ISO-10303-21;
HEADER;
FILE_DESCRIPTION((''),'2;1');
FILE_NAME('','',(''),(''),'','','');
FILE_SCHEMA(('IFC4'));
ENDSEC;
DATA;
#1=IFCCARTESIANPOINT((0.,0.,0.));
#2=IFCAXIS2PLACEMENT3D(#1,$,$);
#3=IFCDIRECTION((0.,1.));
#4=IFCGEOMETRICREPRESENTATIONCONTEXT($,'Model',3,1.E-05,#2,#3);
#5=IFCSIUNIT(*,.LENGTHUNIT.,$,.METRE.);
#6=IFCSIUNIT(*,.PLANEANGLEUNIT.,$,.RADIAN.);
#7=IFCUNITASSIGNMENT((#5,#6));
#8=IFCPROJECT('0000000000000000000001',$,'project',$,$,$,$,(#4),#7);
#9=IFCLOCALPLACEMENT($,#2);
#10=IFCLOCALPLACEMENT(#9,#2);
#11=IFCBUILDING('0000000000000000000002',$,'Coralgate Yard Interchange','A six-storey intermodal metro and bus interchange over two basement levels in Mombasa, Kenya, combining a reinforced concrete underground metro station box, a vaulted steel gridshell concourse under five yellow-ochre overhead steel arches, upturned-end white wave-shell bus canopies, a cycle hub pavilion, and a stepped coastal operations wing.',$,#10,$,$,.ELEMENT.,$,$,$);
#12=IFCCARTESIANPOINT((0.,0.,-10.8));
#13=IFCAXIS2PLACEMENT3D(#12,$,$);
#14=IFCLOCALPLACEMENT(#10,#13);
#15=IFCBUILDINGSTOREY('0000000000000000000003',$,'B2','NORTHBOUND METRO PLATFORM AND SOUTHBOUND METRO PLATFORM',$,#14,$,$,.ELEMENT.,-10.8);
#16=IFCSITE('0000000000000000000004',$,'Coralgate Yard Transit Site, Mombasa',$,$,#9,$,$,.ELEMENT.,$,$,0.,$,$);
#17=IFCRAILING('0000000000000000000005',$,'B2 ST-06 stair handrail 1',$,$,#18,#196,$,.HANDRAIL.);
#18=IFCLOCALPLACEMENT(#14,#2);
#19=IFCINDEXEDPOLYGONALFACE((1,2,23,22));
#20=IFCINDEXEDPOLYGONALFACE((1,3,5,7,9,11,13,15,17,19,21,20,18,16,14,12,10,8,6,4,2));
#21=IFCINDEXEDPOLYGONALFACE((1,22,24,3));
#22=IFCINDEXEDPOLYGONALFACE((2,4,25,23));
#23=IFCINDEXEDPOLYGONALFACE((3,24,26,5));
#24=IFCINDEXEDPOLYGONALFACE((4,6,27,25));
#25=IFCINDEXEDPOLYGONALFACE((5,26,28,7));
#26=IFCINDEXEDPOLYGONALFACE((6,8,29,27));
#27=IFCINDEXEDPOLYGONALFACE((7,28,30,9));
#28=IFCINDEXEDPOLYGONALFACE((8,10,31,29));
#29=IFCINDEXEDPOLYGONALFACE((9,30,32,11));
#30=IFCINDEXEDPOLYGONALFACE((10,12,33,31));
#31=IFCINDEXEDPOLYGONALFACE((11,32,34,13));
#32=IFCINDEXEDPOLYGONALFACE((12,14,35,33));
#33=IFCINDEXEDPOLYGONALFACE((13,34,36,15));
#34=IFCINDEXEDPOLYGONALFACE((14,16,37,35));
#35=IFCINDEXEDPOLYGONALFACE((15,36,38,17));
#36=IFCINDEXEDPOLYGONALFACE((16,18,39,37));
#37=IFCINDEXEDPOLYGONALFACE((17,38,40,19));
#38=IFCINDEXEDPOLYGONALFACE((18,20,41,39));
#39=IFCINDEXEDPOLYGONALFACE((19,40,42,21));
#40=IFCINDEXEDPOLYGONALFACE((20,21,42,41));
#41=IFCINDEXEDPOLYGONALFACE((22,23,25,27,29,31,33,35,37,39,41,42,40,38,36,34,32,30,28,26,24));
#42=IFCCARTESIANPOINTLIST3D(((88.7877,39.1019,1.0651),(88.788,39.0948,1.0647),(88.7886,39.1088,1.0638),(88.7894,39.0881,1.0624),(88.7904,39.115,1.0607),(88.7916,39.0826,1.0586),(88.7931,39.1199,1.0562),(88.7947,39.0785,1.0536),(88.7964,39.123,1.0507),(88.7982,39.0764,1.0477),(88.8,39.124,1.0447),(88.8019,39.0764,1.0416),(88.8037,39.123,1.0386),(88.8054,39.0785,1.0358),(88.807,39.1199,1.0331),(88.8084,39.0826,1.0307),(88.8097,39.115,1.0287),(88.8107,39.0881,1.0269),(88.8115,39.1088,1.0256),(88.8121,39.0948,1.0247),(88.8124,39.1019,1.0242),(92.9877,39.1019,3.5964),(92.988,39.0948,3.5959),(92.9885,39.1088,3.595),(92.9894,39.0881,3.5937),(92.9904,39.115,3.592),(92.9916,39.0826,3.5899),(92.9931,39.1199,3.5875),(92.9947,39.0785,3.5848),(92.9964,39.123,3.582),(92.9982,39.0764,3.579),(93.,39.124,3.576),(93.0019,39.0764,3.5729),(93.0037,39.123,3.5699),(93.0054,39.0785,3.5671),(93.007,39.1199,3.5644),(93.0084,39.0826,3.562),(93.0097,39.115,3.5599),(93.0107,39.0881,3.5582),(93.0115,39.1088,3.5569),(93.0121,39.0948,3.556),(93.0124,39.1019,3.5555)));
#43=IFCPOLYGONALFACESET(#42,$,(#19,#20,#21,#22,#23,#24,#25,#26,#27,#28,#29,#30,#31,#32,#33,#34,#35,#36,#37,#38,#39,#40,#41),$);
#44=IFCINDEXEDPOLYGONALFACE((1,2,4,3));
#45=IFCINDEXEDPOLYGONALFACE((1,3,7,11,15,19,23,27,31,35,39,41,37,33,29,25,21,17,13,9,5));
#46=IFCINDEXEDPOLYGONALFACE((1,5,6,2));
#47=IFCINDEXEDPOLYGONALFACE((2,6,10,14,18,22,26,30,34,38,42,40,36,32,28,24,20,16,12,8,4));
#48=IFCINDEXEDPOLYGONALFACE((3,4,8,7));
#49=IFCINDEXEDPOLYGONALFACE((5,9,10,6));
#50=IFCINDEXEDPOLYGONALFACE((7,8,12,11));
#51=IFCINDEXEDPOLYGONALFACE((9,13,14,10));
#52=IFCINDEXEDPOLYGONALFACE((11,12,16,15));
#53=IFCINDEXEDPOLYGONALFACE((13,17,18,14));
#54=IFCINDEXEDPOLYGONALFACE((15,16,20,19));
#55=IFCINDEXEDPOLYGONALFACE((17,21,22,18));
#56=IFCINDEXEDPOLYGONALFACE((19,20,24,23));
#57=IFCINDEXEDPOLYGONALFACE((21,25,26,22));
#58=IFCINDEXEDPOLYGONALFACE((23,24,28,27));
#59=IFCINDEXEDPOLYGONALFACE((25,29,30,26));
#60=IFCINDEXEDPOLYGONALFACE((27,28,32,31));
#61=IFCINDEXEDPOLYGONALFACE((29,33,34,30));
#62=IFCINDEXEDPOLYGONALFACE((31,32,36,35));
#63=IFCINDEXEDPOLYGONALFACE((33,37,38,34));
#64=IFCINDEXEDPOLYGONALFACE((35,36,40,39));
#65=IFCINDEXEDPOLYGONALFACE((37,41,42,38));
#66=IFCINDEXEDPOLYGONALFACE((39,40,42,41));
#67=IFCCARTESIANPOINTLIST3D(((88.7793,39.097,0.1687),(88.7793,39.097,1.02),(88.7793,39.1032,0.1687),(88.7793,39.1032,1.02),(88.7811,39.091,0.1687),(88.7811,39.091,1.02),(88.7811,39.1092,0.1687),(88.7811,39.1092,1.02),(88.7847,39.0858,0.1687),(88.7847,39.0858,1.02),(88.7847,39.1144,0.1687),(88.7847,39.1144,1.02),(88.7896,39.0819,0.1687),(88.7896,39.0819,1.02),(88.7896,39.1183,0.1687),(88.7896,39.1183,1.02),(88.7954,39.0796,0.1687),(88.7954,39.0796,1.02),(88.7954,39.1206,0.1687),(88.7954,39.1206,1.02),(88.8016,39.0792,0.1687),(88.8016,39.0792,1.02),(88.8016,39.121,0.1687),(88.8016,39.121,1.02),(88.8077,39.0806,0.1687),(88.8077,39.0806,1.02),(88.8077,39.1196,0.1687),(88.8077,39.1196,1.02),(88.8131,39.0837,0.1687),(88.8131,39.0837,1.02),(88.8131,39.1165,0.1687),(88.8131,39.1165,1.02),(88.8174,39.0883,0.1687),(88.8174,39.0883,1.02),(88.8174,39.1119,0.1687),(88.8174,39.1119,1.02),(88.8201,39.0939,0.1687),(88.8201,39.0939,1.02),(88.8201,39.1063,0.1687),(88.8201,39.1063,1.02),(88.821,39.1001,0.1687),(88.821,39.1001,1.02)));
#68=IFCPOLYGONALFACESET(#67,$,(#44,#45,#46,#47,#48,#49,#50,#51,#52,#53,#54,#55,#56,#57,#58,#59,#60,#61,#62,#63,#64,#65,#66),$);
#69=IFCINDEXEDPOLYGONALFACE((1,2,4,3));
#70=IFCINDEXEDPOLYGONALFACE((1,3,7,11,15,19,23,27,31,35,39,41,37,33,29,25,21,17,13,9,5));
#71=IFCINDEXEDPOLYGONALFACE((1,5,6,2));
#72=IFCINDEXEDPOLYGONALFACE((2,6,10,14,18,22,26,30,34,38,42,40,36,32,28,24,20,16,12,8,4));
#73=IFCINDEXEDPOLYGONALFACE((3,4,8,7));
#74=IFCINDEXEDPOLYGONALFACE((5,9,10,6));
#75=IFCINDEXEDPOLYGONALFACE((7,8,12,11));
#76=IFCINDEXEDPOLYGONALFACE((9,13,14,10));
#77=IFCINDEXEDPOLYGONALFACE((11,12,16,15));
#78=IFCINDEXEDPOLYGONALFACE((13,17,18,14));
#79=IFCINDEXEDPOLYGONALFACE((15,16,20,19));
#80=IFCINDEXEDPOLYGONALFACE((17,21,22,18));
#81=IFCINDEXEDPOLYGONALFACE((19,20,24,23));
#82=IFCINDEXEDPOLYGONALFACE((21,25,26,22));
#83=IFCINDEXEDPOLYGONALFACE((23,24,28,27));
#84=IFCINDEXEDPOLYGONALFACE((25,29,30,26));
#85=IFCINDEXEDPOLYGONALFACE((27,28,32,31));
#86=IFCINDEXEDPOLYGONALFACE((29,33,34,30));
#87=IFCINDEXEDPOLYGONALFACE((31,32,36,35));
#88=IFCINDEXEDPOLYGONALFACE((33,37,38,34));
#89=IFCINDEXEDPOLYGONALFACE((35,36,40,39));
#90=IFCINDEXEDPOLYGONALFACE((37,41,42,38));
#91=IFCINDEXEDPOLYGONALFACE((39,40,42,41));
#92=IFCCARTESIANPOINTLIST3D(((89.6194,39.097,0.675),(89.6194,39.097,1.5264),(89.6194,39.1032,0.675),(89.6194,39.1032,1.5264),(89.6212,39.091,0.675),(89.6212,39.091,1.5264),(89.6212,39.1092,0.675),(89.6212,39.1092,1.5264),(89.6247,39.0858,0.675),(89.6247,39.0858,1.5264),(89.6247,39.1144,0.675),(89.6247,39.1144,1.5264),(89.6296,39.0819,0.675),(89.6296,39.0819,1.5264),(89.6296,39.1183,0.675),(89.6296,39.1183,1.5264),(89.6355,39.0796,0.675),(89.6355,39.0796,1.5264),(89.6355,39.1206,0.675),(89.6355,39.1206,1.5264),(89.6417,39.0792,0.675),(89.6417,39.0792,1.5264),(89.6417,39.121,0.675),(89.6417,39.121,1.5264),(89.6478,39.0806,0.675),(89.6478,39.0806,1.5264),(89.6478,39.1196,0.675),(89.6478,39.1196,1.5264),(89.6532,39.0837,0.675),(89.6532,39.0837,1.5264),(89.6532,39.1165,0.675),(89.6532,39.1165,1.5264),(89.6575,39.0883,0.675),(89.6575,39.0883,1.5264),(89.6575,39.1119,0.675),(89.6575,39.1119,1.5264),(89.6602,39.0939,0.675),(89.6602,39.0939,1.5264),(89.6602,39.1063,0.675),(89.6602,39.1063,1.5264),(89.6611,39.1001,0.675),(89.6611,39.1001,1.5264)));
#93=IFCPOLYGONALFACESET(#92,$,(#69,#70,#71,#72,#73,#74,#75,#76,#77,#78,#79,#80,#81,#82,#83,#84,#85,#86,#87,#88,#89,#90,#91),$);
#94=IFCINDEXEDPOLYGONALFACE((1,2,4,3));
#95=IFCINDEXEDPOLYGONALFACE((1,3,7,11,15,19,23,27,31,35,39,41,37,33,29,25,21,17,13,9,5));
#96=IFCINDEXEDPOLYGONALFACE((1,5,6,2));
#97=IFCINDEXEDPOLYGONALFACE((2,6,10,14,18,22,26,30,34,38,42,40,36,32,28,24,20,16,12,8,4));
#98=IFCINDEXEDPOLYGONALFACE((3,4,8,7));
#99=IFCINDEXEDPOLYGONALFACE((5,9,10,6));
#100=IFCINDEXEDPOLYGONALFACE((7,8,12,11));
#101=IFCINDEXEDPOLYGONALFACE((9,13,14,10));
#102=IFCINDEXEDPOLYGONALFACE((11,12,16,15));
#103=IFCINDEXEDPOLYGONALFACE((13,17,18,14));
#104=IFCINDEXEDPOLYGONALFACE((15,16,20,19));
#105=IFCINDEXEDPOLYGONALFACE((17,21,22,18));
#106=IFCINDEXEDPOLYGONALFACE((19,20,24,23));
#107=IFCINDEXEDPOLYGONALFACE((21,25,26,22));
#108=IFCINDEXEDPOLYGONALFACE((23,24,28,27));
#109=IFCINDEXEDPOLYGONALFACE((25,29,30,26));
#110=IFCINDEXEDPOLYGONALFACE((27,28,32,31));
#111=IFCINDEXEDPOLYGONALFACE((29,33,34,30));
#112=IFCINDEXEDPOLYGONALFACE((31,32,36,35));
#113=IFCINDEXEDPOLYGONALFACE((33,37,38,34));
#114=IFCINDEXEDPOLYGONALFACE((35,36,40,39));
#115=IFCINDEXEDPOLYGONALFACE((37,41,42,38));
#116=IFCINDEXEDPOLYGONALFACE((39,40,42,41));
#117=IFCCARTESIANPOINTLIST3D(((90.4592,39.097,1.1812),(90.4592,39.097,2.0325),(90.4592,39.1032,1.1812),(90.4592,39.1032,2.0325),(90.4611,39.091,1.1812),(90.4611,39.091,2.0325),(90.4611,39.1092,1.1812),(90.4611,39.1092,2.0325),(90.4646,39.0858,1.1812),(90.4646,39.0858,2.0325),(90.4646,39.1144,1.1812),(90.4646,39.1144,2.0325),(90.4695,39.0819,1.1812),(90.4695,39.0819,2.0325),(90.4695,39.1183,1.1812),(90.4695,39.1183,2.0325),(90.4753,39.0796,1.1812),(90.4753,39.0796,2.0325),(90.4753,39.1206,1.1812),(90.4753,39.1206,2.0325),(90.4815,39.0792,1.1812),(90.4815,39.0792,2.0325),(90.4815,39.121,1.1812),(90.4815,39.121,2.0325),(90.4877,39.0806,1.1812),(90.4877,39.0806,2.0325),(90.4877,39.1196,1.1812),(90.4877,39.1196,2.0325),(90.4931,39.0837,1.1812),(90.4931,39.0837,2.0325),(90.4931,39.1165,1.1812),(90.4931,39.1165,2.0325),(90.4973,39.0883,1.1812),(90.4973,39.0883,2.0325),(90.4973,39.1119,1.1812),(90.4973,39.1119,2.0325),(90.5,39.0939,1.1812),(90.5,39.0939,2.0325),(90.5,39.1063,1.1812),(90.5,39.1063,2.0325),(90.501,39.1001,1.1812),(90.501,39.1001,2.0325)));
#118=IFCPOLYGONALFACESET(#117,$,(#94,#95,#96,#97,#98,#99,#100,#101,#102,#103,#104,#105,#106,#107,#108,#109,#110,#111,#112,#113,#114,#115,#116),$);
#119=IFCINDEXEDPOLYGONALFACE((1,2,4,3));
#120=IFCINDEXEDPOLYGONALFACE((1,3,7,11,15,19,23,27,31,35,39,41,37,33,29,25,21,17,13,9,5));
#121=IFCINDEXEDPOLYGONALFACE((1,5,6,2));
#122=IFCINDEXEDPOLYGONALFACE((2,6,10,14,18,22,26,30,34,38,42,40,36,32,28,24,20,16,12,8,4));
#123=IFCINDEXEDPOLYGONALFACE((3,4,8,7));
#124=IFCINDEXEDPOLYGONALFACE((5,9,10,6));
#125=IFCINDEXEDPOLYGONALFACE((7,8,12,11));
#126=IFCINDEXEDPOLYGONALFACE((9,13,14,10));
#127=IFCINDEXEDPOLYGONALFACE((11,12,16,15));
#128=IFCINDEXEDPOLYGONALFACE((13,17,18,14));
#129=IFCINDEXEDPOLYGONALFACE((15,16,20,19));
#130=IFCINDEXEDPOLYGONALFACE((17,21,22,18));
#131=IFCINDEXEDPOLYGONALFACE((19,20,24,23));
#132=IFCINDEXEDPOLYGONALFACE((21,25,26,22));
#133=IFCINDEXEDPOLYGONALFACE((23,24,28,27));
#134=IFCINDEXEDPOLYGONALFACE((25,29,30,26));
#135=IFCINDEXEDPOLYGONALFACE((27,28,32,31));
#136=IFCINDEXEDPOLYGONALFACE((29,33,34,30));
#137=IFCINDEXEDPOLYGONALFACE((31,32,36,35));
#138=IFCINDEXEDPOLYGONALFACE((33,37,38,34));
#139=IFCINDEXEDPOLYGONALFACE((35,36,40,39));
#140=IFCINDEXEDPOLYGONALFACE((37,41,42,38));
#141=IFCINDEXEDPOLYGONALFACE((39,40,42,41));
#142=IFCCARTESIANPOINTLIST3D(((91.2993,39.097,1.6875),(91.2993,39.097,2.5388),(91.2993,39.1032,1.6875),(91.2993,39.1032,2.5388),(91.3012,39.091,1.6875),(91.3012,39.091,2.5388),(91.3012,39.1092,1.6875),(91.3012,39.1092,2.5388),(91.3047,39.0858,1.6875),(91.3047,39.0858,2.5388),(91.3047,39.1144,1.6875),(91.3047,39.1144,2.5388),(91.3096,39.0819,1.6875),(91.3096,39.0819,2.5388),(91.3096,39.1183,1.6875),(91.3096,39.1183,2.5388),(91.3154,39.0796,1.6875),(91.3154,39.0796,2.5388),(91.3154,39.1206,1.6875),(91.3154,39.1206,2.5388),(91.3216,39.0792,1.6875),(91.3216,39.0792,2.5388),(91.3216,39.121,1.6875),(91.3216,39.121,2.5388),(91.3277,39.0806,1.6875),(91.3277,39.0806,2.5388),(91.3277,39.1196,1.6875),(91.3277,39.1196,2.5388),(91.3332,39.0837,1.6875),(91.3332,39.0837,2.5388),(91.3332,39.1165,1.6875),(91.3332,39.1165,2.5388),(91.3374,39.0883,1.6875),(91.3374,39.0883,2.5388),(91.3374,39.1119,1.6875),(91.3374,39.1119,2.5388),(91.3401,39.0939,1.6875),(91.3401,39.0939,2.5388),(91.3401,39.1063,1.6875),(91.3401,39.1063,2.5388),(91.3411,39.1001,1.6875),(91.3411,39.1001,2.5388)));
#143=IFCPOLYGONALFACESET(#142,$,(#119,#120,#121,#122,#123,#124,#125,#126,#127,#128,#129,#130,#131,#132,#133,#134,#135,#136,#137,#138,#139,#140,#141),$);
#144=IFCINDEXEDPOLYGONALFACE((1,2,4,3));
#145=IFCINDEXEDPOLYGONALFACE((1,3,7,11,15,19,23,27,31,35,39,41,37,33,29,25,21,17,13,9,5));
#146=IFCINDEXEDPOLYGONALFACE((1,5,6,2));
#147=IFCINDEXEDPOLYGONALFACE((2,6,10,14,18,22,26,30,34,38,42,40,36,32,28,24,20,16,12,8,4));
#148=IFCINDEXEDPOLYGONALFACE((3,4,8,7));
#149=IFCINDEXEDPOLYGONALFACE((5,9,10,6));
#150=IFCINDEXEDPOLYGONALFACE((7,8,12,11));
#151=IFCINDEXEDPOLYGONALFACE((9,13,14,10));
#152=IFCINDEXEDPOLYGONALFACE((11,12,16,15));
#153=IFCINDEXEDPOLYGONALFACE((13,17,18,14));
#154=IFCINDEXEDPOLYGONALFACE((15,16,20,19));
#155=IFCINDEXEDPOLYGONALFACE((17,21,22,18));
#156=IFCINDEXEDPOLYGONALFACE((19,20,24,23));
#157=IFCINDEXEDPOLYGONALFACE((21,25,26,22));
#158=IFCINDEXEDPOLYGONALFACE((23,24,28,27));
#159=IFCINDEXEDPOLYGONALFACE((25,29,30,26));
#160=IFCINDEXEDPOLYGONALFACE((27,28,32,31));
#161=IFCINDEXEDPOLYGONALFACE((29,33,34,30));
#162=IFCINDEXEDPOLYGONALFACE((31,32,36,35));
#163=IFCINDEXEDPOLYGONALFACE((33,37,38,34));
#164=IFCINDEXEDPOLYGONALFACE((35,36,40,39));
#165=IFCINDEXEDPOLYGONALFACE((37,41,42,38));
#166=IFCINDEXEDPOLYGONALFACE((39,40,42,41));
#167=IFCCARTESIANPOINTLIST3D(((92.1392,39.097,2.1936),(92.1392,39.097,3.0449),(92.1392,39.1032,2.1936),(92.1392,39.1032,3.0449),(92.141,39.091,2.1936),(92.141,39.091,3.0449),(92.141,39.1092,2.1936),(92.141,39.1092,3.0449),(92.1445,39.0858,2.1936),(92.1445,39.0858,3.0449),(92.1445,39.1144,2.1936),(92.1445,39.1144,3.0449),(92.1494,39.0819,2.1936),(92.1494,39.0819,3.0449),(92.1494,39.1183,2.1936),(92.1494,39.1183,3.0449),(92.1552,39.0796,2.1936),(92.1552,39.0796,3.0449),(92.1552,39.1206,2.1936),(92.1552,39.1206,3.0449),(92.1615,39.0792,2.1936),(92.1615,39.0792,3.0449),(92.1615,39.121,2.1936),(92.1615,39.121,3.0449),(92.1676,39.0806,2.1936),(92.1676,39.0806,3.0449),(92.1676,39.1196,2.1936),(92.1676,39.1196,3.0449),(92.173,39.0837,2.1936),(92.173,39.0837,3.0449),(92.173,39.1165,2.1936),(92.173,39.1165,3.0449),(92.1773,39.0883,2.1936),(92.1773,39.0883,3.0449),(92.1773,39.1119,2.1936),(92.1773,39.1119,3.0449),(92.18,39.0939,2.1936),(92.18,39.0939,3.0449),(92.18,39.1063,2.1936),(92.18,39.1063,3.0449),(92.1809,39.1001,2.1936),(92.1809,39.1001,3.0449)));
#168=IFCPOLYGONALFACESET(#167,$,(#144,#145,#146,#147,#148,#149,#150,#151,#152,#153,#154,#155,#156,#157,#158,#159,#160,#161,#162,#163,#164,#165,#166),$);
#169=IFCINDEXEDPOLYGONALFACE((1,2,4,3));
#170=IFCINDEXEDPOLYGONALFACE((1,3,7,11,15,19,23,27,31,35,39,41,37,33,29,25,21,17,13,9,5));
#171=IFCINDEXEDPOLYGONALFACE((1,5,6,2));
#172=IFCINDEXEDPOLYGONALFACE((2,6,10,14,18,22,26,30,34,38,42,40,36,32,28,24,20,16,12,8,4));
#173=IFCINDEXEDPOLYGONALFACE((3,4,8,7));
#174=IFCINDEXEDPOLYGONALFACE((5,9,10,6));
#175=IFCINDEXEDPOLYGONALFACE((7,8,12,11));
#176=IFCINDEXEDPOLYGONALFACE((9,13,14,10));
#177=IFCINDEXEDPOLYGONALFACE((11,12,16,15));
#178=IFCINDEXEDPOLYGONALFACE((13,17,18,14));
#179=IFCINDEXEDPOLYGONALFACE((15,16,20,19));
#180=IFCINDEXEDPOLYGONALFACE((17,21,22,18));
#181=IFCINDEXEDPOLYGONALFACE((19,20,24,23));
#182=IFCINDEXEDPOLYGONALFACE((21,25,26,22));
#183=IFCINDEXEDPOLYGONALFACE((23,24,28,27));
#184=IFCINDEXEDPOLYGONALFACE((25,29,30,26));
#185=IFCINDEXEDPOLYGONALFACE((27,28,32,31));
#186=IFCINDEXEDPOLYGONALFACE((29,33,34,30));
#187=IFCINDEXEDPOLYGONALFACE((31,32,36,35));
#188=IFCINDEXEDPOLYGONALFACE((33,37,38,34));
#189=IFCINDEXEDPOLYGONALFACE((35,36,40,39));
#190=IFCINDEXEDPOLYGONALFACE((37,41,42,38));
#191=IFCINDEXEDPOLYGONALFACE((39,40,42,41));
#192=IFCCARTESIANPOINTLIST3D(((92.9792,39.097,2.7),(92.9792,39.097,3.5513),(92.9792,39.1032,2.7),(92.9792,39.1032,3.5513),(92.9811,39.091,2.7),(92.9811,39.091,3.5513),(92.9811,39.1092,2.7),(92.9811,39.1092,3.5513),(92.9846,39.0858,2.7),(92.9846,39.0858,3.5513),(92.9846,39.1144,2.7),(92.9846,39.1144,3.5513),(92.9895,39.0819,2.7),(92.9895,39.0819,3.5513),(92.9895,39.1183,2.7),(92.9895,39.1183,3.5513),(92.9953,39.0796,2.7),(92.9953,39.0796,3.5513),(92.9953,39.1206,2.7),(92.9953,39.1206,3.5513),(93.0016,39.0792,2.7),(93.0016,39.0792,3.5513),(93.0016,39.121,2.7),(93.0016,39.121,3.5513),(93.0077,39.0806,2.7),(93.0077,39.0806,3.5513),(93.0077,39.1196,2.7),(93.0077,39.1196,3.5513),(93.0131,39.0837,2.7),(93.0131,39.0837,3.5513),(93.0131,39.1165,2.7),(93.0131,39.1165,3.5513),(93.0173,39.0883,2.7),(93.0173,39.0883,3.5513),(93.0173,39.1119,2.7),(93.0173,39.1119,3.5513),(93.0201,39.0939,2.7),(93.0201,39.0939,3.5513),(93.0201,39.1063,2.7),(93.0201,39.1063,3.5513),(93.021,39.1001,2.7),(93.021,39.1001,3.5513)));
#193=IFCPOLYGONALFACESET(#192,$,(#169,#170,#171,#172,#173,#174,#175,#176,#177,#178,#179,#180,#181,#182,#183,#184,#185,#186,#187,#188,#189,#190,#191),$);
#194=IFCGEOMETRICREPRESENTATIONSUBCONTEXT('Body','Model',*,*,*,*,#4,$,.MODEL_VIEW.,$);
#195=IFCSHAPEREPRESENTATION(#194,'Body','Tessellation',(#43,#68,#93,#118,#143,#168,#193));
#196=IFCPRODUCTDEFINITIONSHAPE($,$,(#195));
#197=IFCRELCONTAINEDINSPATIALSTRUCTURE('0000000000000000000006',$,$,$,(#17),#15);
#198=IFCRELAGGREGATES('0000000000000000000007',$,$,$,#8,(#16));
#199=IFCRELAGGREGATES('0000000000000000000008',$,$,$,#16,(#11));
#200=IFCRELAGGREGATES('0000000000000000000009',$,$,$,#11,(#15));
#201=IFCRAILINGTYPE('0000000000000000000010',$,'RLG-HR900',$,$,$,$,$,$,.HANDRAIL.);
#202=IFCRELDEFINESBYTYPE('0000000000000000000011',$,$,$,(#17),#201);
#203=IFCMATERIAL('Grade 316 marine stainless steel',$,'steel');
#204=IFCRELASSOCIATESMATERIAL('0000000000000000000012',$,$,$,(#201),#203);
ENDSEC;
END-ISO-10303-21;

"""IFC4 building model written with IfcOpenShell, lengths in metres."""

from ifc_helpers import new_model, si_unit, direction, frame, origin, origin_2d, place, context, subcontext, project, spatial, circle, extrude, material, type_object, element, save


model = new_model("IFC4")

# Units and contexts
model_context = context("Model", 3, precision=1e-05, world=origin(), true_north=direction((0.0, 1.0)))
body_context = subcontext(model_context, "Body", "Model", "MODEL_VIEW")
ifc_project = project(units=[si_unit("LENGTHUNIT", "METRE"), si_unit("PLANEANGLEUNIT", "RADIAN")], contexts=[model_context])

# Site, building, storey
site_placement = place(None, origin())
site = spatial("IfcSite", under=ifc_project, at=site_placement, Name="Coralgate Yard Transit Site, Mombasa", CompositionType="ELEMENT", RefElevation=0.0)
building_placement = place(site_placement, origin())
building = spatial("IfcBuilding", under=site, at=building_placement, Name="Coralgate Yard Interchange", Description="A six-storey intermodal metro and bus interchange over two basement levels in Mombasa, Kenya, combining a reinforced concrete underground metro station box, a vaulted steel gridshell concourse under five yellow-ochre overhead steel arches, upturned-end white wave-shell bus canopies, a cycle hub pavilion, and a stepped coastal operations wing.", CompositionType="ELEMENT")
storey_placement = place(building_placement, frame((0.0, 0.0, -10.8)))
storey = spatial("IfcBuildingStorey", under=building, at=storey_placement, Name="B2", Description="NORTHBOUND METRO PLATFORM AND SOUTHBOUND METRO PLATFORM", CompositionType="ELEMENT", Elevation=-10.8)

# Railing
ifc_material_1 = material(Name="Grade 316 marine stainless steel", Category="steel")
railing_type_1 = type_object("IfcRailingType", Name="RLG-HR900", PredefinedType="HANDRAIL", material=ifc_material_1)
railing_1_placement = place(storey_placement, frame((88.8, 39.1001, 0.1687)))
element("IfcRailing", 1, at=railing_1_placement, inside=storey, type_object=railing_type_1, Name="B2 ST-06 stair handrail 1", PredefinedType="HANDRAIL", context=body_context, shape_type="SweptSolid", body=[
    extrude(circle(Radius=0.0239, at=origin_2d()), frame((0.0, 0.0, 0.876), z_axis=(0.856476, 0.0, 0.516186), x_axis=(0.0, 1.0, 0.0)), (0.0, 0.0, 1.0), 4.9038),
    extrude(circle(Radius=0.021, at=origin_2d()), origin(), (0.0, 0.0, 1.0), 0.8513),
    extrude(circle(Radius=0.021, at=origin_2d()), frame((0.8401, 0.0, 0.5063)), (0.0, 0.0, 1.0), 0.8513),
    extrude(circle(Radius=0.021, at=origin_2d()), frame((1.6799, 0.0, 1.0125)), (0.0, 0.0, 1.0), 0.8513),
    extrude(circle(Radius=0.021, at=origin_2d()), frame((2.52, 0.0, 1.5188)), (0.0, 0.0, 1.0), 0.8513),
    extrude(circle(Radius=0.021, at=origin_2d()), frame((3.3599, 0.0, 2.0249)), (0.0, 0.0, 1.0), 0.8513),
    extrude(circle(Radius=0.021, at=origin_2d()), frame((4.2, 0.0, 2.5312)), (0.0, 0.0, 1.0), 0.8513),
])

save(model, "model.ifc")
